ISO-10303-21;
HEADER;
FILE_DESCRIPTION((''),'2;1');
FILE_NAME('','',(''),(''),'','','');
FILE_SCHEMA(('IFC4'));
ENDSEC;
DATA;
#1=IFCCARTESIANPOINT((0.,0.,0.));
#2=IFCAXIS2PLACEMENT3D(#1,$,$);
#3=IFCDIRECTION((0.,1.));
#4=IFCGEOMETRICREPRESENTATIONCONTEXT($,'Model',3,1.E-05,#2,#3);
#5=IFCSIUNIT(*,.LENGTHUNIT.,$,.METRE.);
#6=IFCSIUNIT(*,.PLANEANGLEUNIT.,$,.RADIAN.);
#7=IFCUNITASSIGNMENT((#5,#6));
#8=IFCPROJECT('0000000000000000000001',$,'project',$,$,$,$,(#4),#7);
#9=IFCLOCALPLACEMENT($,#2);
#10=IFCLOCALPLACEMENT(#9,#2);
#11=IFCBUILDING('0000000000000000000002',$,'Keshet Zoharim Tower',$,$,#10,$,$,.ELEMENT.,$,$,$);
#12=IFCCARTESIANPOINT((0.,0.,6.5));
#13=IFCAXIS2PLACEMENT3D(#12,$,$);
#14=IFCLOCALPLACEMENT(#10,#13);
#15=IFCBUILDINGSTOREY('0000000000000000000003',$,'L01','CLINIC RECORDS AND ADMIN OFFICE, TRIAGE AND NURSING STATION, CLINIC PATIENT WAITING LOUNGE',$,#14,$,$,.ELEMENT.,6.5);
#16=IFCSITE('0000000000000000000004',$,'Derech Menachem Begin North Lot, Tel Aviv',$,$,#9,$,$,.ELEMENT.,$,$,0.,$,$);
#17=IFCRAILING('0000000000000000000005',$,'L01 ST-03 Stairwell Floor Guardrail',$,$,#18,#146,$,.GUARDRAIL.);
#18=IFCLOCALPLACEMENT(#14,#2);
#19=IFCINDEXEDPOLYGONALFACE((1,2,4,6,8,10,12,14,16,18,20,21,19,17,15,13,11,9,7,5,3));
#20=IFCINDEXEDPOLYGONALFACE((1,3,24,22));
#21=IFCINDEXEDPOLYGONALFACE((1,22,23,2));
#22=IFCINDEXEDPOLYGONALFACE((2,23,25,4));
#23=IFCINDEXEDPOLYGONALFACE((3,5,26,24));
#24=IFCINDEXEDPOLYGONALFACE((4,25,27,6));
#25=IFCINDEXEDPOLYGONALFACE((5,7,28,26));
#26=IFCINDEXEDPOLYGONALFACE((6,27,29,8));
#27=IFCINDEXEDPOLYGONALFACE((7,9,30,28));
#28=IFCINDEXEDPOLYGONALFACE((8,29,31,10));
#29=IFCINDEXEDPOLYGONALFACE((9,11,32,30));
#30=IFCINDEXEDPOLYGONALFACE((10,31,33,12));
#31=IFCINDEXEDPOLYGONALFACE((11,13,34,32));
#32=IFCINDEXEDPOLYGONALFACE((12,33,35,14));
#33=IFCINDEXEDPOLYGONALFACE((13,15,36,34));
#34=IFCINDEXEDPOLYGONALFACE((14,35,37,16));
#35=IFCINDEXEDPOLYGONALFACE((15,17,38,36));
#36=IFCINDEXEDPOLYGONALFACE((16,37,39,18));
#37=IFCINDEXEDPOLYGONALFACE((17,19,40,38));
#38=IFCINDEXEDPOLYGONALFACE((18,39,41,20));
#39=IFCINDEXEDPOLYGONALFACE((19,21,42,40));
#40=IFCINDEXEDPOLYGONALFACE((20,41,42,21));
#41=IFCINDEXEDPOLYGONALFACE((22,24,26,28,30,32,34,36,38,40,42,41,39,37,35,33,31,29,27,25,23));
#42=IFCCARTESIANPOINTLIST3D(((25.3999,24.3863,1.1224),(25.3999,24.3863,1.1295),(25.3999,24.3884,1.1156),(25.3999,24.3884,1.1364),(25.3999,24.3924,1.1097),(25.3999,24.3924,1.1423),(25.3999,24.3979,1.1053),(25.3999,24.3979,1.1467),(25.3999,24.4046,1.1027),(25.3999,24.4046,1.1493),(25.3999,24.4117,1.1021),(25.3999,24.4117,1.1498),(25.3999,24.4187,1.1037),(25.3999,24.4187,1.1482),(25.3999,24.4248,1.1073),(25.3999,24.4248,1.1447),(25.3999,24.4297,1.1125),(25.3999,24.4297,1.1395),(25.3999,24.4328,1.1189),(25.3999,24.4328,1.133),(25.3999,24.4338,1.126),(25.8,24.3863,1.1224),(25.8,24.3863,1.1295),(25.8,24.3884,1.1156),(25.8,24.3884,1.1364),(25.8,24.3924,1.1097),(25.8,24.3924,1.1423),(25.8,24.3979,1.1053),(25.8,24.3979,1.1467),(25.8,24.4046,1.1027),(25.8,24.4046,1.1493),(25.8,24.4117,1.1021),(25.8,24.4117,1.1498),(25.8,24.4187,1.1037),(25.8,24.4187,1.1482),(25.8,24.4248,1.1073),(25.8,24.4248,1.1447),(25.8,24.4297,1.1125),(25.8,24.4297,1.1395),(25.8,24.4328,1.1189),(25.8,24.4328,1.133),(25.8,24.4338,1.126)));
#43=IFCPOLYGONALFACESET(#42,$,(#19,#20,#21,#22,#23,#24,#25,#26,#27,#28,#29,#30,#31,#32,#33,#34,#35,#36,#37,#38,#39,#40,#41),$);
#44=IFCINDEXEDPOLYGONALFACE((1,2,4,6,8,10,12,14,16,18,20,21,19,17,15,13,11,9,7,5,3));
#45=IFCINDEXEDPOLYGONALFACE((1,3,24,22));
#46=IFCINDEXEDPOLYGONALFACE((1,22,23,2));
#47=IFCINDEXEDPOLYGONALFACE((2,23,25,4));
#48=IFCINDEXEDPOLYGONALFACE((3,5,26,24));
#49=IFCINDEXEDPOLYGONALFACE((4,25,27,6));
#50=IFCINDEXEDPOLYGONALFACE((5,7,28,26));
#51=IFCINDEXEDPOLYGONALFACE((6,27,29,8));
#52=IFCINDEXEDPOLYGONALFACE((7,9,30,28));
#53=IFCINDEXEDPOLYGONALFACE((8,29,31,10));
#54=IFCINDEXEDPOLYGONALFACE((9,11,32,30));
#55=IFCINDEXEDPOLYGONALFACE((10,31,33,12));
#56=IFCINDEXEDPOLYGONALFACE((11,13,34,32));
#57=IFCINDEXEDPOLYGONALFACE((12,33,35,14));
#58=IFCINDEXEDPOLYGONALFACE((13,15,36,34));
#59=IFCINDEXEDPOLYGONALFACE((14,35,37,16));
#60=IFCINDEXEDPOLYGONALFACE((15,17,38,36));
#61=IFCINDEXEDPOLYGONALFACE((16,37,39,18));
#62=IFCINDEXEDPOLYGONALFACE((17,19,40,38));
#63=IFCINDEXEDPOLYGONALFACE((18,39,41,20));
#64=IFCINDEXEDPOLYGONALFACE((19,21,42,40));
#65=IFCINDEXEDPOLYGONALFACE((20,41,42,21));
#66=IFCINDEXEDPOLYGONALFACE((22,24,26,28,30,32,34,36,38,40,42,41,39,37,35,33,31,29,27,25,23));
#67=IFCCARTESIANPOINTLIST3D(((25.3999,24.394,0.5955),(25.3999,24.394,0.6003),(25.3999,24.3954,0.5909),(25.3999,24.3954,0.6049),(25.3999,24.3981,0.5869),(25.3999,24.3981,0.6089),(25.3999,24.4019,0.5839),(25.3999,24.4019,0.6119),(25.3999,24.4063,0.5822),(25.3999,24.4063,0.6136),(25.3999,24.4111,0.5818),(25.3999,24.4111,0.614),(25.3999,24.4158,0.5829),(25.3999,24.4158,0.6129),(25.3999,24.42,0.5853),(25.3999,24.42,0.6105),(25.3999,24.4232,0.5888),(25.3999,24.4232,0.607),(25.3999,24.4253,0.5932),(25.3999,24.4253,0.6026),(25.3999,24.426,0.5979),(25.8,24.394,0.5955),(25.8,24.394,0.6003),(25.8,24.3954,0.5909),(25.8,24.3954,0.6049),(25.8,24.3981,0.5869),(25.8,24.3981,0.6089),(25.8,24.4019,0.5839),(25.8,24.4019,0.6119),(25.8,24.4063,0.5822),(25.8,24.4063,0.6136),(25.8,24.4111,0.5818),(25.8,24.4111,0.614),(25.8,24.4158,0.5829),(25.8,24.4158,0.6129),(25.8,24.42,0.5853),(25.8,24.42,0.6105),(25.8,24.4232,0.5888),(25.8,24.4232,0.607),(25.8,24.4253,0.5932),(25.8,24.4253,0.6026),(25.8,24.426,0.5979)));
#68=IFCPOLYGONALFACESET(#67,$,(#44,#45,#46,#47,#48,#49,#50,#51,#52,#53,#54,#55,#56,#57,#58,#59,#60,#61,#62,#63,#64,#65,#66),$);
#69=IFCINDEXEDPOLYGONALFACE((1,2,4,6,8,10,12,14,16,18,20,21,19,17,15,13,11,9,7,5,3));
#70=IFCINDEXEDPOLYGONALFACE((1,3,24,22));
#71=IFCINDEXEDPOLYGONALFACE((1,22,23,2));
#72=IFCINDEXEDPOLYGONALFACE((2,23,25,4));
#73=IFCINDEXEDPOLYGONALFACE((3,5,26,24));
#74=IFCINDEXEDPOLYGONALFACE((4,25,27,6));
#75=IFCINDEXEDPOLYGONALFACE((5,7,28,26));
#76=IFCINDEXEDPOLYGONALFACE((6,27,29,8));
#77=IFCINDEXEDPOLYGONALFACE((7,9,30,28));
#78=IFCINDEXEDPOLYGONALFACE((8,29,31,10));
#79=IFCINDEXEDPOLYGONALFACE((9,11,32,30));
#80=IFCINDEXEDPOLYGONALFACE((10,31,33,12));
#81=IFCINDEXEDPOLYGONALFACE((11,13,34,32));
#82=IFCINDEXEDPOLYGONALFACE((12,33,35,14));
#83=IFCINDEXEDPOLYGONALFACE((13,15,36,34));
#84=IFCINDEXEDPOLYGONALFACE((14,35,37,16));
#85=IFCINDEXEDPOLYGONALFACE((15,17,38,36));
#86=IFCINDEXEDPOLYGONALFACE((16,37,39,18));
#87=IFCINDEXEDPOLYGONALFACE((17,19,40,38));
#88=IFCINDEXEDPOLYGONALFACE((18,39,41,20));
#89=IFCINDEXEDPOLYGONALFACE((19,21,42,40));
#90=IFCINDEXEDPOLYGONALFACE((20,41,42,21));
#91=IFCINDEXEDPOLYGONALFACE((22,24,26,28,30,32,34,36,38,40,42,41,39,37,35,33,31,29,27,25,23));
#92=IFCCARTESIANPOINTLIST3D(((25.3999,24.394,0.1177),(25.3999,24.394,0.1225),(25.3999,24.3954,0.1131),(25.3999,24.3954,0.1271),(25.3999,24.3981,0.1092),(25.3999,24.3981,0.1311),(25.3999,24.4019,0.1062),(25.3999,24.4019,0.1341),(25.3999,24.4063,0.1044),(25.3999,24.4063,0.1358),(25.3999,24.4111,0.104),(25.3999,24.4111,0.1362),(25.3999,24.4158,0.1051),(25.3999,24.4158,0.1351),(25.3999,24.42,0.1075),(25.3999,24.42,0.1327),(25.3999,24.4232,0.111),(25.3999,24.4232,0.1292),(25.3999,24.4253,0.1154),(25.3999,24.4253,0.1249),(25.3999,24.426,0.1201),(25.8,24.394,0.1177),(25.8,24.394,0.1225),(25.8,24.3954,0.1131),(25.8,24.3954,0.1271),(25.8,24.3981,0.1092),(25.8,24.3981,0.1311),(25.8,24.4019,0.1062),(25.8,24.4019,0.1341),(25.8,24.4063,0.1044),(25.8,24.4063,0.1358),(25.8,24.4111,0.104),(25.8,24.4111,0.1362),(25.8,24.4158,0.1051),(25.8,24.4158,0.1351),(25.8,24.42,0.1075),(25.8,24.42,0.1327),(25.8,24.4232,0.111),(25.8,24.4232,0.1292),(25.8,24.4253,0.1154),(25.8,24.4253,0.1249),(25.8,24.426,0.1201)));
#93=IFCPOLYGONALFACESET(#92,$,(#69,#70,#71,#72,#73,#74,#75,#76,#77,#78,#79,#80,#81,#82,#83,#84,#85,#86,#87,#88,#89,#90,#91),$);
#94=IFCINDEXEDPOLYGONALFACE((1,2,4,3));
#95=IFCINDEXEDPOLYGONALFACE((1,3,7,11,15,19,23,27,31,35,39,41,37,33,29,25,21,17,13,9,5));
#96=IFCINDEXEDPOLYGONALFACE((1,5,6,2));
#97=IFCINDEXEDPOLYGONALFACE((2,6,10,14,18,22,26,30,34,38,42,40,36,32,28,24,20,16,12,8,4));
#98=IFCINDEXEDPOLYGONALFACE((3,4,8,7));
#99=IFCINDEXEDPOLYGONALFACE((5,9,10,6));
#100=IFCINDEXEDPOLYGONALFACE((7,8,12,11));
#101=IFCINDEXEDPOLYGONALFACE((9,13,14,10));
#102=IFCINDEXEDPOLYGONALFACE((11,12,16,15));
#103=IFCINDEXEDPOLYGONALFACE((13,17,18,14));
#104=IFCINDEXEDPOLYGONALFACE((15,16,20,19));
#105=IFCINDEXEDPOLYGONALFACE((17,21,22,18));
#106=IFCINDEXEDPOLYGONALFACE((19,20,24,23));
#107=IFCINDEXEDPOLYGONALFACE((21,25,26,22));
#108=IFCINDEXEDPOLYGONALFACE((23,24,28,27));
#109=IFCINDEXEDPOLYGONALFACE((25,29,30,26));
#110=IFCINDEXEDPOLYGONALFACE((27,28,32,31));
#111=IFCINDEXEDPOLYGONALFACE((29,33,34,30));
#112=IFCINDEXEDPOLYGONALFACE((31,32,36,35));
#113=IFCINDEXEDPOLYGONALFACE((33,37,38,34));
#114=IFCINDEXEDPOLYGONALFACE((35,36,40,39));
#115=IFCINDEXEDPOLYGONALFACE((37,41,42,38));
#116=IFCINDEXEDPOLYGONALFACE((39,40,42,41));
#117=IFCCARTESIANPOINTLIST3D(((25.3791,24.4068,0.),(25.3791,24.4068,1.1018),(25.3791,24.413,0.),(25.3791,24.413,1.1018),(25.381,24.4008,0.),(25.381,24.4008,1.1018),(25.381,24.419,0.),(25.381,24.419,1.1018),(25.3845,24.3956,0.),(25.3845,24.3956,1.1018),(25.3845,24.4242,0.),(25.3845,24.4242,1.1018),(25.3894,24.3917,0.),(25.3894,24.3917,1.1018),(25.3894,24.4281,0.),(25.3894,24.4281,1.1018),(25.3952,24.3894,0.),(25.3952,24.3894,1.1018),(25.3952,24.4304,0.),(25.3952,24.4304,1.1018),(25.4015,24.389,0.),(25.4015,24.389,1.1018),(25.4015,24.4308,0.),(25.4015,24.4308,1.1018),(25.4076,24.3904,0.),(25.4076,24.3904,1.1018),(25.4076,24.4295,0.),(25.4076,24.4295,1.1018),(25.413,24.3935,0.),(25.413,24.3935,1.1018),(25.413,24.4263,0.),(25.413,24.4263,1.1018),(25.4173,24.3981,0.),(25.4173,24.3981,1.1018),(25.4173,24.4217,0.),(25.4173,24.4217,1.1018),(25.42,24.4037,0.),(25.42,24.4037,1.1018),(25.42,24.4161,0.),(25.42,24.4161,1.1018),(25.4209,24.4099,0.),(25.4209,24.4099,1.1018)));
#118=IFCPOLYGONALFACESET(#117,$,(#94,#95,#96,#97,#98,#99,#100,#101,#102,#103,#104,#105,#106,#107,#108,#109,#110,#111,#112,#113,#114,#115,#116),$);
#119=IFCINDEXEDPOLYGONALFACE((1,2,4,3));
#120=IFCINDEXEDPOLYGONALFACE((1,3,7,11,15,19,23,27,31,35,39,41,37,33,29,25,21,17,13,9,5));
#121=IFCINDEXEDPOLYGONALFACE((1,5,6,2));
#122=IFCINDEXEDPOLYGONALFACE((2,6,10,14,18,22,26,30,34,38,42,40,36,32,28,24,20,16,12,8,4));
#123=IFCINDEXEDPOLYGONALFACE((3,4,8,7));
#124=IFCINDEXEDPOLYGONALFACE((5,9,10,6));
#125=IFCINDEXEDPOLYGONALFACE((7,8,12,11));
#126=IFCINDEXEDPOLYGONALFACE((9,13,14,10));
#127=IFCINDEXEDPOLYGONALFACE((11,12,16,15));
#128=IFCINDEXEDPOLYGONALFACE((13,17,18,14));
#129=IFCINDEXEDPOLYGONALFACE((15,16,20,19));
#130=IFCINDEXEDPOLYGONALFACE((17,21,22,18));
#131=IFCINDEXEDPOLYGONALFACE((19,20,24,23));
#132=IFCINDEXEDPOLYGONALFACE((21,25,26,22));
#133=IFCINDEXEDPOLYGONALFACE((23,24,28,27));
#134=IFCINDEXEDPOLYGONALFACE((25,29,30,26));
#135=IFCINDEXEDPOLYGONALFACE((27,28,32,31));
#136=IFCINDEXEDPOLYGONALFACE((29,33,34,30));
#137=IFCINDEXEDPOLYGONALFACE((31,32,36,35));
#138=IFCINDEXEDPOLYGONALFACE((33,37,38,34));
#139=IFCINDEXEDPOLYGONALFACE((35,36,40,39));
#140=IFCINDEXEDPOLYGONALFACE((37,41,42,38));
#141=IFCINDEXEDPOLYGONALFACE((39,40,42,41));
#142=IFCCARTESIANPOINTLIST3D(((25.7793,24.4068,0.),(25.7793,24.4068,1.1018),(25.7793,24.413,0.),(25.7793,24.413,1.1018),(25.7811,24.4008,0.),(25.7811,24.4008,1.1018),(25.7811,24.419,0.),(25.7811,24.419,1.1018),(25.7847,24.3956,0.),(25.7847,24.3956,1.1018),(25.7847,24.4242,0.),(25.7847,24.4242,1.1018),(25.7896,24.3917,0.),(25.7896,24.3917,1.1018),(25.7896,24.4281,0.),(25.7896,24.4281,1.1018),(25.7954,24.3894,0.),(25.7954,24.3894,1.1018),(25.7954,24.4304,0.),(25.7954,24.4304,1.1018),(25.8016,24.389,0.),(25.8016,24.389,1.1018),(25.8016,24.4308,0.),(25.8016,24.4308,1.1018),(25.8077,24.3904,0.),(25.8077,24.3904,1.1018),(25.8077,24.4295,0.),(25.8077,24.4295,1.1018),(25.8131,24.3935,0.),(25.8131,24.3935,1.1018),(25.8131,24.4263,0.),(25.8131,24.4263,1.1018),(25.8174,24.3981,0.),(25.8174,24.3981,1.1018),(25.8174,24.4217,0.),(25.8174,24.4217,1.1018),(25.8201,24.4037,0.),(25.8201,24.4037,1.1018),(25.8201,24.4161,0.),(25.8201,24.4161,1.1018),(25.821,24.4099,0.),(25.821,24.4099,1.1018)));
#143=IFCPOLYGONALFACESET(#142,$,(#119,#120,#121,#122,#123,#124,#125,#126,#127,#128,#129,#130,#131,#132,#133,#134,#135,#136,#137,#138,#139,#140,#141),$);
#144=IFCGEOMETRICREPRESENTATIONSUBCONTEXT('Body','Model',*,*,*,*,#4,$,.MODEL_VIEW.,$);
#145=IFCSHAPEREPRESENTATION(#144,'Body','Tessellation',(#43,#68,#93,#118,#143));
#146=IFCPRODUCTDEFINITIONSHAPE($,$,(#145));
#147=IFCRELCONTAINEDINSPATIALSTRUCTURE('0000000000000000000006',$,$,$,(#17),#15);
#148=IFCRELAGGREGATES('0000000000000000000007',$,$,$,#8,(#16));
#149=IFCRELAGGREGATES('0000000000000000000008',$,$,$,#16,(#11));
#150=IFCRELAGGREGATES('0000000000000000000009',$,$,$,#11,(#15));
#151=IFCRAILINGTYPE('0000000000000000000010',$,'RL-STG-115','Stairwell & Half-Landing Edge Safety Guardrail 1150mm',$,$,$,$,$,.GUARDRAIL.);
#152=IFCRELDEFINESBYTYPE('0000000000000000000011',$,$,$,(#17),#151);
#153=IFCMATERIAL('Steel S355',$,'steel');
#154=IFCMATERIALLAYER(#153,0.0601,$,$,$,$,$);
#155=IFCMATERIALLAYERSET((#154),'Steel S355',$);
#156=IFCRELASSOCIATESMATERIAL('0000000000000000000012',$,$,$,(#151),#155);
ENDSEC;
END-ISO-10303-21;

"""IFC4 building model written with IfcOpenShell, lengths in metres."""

from ifc_helpers import new_model, si_unit, direction, frame, origin, origin_2d, place, context, subcontext, project, spatial, circle, extrude, material, layer, layer_set, type_object, element, save


model = new_model("IFC4")

# Units and contexts
model_context = context("Model", 3, precision=1e-05, world=origin(), true_north=direction((0.0, 1.0)))
body_context = subcontext(model_context, "Body", "Model", "MODEL_VIEW")
ifc_project = project(units=[si_unit("LENGTHUNIT", "METRE"), si_unit("PLANEANGLEUNIT", "RADIAN")], contexts=[model_context])

# Site, building, storey
site_placement = place(None, origin())
site = spatial("IfcSite", under=ifc_project, at=site_placement, Name="Derech Menachem Begin North Lot, Tel Aviv", CompositionType="ELEMENT", RefElevation=0.0)
building_placement = place(site_placement, origin())
building = spatial("IfcBuilding", under=site, at=building_placement, Name="Keshet Zoharim Tower", CompositionType="ELEMENT")
storey_placement = place(building_placement, frame((0.0, 0.0, 6.5)))
storey = spatial("IfcBuildingStorey", under=building, at=storey_placement, Name="L01", Description="CLINIC RECORDS AND ADMIN OFFICE, TRIAGE AND NURSING STATION, CLINIC PATIENT WAITING LOUNGE", CompositionType="ELEMENT", Elevation=6.5)

# Shared definitions
ifc_material_1 = material(Name="Steel S355", Category="steel")

# Railing
ifc_layer_1 = layer(ifc_material_1, 0.0601)
ifc_layer_set_1 = layer_set([ifc_layer_1], Name="Steel S355")
railing_type_1 = type_object("IfcRailingType", Name="RL-STG-115", Description="Stairwell & Half-Landing Edge Safety Guardrail 1150mm", PredefinedType="GUARDRAIL", material=ifc_layer_set_1)
railing_1_placement = place(storey_placement, frame((25.3999, 24.4099, 0.0)))
element("IfcRailing", 1, at=railing_1_placement, inside=storey, type_object=railing_type_1, Name="L01 ST-03 Stairwell Floor Guardrail", PredefinedType="GUARDRAIL", context=body_context, shape_type="SweptSolid", body=[
    extrude(circle(Radius=0.0239, at=origin_2d()), frame((0.0, 0.0, 1.126), z_axis=(1.0, 0.0, 0.0), x_axis=(0.0, 1.0, 0.0)), (0.0, 0.0, 1.0), 0.4001),
    extrude(circle(Radius=0.0161, at=origin_2d()), frame((0.0, 0.0, 0.5979), z_axis=(1.0, 0.0, 0.0), x_axis=(0.0, 1.0, 0.0)), (0.0, 0.0, 1.0), 0.4001),
    extrude(circle(Radius=0.0161, at=origin_2d()), frame((0.0, 0.0, 0.1201), z_axis=(1.0, 0.0, 0.0), x_axis=(0.0, 1.0, 0.0)), (0.0, 0.0, 1.0), 0.4001),
    extrude(circle(Radius=0.021, at=origin_2d()), origin(), (0.0, 0.0, 1.0), 1.1018),
    extrude(circle(Radius=0.021, at=origin_2d()), frame((0.4001, 0.0, 0.0)), (0.0, 0.0, 1.0), 1.1018),
])

save(model, "model.ifc")
